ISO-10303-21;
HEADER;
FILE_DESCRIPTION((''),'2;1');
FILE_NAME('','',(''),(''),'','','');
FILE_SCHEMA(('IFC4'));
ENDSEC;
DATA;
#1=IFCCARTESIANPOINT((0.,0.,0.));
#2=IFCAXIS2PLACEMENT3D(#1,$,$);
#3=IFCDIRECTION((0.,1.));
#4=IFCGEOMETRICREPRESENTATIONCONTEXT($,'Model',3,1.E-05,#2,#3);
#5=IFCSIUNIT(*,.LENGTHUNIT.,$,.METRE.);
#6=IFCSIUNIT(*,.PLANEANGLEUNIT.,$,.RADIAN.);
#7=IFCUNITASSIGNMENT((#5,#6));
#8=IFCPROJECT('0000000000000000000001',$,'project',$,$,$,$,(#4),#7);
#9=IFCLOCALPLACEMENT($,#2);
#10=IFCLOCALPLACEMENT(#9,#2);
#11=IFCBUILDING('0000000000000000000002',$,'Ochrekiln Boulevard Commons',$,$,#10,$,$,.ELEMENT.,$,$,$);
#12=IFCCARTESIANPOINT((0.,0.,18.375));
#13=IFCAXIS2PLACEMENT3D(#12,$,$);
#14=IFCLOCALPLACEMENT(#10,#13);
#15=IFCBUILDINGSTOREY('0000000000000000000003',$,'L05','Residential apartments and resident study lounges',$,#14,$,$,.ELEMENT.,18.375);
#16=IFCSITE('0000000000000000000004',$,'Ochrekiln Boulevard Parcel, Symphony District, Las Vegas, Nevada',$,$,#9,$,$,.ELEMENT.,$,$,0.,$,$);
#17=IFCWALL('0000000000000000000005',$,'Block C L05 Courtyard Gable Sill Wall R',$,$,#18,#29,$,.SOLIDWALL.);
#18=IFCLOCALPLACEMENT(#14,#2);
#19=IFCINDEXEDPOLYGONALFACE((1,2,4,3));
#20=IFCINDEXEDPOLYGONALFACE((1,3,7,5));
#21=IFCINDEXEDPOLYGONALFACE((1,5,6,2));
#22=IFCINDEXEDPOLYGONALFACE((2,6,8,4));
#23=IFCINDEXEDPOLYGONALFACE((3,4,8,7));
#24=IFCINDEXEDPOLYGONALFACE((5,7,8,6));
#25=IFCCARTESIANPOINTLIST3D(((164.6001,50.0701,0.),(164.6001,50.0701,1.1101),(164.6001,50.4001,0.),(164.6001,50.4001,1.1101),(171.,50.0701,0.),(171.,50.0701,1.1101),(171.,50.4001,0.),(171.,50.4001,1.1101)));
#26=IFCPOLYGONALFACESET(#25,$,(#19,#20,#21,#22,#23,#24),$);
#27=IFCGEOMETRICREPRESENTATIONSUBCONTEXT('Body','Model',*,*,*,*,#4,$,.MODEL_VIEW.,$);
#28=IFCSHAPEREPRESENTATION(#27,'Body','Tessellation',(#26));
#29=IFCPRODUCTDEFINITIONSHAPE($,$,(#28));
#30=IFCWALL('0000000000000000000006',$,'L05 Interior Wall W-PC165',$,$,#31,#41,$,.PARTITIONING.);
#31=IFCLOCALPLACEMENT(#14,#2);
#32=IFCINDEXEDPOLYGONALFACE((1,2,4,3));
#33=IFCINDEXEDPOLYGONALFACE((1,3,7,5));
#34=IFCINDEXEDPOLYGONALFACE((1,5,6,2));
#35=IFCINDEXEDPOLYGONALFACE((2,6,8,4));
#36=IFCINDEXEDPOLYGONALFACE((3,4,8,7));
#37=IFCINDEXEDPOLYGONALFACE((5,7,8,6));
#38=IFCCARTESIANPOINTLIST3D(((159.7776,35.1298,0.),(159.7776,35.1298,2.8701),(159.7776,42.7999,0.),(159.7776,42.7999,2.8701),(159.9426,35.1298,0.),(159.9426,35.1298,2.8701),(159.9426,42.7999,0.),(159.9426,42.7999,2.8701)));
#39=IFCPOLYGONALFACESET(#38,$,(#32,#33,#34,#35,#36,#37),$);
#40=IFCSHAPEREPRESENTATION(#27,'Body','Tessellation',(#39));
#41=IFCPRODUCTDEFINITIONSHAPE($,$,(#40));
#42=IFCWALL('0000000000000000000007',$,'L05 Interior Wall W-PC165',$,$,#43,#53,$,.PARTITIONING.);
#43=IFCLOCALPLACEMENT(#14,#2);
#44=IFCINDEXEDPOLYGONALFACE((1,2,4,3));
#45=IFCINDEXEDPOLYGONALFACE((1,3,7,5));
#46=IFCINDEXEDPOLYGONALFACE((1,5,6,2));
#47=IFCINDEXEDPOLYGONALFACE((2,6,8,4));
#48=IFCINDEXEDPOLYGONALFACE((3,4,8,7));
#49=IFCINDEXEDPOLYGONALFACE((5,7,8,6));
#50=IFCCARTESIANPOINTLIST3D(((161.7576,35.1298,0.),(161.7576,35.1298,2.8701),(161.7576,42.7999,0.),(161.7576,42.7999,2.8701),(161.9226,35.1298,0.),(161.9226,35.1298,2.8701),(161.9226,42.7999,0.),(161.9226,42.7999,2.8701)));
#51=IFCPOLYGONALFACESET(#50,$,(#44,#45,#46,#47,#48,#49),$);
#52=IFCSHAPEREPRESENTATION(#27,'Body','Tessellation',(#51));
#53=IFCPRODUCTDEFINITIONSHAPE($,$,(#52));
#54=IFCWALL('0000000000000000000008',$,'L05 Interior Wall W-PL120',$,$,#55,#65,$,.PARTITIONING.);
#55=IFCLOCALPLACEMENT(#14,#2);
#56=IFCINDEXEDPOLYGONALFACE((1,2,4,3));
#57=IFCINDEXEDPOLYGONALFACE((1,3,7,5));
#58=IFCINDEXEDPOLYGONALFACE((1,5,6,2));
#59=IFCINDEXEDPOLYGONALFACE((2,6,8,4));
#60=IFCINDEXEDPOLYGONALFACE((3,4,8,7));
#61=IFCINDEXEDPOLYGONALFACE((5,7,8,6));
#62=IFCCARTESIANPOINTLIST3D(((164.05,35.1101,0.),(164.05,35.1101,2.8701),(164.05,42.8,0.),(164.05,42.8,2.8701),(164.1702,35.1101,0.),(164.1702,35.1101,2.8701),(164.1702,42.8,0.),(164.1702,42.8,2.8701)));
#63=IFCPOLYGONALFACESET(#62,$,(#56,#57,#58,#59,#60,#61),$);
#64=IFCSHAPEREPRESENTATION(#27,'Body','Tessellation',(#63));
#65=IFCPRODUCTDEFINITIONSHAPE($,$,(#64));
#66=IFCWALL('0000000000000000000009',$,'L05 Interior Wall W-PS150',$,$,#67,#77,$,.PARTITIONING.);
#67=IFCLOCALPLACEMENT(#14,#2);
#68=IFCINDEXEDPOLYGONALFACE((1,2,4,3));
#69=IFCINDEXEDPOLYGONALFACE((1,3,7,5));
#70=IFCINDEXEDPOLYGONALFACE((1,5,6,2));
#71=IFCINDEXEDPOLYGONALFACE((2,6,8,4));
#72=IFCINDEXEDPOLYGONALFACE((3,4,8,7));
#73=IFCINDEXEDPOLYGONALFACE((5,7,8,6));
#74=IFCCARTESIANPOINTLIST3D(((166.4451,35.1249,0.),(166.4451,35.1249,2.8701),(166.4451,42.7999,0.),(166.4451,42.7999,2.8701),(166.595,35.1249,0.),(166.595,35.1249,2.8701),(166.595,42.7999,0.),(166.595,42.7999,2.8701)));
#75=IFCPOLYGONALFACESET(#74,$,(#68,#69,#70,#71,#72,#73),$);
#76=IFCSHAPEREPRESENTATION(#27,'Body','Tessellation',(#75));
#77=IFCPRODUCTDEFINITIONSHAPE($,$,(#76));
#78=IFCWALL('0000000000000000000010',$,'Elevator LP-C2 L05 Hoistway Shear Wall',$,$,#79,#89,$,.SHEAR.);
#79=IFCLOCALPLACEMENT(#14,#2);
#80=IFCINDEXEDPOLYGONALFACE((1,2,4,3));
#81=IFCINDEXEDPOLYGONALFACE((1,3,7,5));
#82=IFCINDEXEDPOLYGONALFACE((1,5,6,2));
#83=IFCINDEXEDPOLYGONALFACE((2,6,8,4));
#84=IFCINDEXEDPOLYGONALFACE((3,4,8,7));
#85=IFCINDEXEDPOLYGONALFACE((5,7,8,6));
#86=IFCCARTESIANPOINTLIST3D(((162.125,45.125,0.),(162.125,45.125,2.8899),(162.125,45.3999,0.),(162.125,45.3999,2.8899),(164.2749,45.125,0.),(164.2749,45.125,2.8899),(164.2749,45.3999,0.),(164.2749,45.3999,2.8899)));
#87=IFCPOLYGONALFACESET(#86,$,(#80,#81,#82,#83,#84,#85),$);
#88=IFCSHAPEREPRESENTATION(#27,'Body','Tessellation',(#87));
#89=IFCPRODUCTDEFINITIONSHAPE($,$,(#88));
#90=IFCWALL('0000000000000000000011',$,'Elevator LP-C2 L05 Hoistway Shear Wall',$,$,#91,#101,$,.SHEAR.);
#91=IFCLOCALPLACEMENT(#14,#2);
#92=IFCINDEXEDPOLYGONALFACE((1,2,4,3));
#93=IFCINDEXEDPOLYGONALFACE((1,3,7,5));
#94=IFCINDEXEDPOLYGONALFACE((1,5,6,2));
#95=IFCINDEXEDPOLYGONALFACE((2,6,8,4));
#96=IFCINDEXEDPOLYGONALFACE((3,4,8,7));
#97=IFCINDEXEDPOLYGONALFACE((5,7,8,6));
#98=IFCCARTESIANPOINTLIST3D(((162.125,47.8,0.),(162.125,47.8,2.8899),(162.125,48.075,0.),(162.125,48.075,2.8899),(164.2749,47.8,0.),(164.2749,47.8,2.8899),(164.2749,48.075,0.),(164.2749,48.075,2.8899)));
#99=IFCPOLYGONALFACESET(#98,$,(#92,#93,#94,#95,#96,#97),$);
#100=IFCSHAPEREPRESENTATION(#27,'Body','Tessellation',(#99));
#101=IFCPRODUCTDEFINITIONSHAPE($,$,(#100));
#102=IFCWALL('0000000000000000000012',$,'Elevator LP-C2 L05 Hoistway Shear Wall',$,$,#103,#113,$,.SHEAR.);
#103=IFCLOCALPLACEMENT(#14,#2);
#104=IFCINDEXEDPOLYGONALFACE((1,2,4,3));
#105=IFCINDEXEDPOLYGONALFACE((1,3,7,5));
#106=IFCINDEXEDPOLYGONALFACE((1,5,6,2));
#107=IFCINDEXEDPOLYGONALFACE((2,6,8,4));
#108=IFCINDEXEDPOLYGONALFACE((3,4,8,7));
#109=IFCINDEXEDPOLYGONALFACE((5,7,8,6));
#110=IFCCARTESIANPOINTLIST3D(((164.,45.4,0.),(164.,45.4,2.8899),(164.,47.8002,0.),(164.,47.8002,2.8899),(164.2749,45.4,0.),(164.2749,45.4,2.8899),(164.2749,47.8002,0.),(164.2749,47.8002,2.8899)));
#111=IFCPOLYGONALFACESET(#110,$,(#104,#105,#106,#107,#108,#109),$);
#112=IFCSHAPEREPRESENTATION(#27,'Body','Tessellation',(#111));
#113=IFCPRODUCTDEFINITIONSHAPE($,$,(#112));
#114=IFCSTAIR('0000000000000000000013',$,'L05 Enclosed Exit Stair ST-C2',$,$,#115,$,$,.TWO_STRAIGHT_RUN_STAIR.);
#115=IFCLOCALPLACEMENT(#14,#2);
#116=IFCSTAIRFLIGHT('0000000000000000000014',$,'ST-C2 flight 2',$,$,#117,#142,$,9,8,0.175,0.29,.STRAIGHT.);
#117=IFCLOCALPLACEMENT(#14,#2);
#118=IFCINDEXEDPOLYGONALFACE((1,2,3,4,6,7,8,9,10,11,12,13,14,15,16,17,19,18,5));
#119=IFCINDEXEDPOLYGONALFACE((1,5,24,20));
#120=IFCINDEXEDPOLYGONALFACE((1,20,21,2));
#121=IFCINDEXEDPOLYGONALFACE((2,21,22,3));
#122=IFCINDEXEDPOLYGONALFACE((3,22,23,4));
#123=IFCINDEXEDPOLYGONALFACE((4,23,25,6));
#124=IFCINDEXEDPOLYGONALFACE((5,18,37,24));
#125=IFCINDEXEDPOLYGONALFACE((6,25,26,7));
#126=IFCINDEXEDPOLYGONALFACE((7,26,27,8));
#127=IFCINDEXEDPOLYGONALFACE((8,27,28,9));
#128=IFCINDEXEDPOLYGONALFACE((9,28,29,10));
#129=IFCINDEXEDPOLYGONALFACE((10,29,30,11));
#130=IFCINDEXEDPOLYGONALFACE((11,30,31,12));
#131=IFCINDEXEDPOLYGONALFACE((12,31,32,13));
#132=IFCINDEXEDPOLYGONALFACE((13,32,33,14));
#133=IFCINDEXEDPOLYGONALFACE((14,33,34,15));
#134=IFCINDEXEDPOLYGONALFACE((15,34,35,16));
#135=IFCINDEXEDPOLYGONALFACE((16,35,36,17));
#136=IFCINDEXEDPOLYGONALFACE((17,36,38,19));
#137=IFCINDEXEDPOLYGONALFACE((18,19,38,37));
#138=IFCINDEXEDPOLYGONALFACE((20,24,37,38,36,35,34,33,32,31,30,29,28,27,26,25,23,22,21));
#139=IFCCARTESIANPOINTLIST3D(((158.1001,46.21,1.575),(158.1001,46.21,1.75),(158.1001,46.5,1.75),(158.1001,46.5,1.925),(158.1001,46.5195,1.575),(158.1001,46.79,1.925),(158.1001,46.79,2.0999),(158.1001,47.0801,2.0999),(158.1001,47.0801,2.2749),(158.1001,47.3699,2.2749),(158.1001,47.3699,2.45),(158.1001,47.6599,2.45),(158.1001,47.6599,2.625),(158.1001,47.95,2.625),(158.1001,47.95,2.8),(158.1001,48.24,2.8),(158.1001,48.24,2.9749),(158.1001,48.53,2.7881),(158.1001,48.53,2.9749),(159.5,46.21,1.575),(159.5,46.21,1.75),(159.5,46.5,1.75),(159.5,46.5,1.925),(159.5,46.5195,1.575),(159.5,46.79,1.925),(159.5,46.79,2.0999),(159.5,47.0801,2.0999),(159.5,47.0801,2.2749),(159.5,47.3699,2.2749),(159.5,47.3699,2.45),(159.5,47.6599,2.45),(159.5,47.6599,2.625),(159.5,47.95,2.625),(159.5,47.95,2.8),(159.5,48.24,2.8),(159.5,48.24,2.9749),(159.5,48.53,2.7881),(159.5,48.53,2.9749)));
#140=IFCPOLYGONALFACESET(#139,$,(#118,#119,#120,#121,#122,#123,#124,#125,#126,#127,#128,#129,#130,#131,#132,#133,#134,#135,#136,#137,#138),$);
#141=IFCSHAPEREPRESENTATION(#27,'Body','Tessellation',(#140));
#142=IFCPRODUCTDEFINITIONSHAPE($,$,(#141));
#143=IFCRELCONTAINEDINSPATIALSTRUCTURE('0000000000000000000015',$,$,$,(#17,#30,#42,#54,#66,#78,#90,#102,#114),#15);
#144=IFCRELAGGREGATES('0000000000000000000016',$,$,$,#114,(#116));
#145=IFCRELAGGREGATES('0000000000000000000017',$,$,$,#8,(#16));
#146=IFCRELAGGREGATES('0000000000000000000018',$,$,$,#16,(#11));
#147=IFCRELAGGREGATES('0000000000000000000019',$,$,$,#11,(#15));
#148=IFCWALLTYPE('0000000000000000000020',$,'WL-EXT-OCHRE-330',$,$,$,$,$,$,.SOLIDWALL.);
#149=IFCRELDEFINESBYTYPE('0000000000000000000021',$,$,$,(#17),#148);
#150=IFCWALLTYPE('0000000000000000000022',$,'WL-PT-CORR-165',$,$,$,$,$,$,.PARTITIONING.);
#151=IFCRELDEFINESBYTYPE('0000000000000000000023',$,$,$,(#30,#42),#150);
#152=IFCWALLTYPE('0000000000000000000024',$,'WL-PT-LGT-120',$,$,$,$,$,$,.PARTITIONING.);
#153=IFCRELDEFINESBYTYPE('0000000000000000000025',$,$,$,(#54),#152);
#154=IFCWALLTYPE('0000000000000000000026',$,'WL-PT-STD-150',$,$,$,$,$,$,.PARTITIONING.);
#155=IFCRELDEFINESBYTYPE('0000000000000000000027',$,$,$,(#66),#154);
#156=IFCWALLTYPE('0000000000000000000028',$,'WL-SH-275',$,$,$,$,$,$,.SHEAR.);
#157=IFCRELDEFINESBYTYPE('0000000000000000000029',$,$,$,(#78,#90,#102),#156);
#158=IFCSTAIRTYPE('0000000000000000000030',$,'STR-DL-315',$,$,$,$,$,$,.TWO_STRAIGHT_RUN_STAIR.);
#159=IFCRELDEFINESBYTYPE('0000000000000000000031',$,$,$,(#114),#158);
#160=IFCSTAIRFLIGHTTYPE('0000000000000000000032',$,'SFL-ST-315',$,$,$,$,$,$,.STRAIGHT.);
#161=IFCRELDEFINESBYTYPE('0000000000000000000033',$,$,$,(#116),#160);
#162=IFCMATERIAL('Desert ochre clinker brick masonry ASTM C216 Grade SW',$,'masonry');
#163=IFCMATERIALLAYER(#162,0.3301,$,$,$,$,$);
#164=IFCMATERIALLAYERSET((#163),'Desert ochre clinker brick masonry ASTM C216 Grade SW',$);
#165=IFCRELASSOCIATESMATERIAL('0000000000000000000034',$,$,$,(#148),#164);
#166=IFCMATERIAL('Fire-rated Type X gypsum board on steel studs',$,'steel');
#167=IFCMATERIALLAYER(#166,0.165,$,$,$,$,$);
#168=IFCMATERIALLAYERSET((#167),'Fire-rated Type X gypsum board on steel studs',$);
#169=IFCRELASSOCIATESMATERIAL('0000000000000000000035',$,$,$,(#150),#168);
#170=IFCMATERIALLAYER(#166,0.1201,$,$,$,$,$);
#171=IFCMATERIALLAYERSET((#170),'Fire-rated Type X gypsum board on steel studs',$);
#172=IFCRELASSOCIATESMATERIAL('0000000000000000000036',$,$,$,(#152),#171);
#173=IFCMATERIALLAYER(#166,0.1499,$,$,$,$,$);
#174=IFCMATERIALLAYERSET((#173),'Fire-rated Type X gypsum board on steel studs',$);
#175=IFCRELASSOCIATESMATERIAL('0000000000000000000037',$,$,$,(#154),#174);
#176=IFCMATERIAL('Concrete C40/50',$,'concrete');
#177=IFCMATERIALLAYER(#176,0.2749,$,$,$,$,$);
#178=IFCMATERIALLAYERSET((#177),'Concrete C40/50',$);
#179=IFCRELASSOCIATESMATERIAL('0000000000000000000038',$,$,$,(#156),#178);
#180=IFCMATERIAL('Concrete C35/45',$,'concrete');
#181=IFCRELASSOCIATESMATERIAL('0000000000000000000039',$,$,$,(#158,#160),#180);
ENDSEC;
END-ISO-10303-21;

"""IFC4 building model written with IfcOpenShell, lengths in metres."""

from ifc_helpers import new_model, si_unit, direction, frame, frame_2d, origin, place, context, subcontext, project, spatial, polyline, rectangle, outline, extrude, material, layer, layer_set, type_object, element, aggregate, save


model = new_model("IFC4")

# Units and contexts
model_context = context("Model", 3, precision=1e-05, world=origin(), true_north=direction((0.0, 1.0)))
body_context = subcontext(model_context, "Body", "Model", "MODEL_VIEW")
ifc_project = project(units=[si_unit("LENGTHUNIT", "METRE"), si_unit("PLANEANGLEUNIT", "RADIAN")], contexts=[model_context])

# Site, building, storey
site_placement = place(None, origin())
site = spatial("IfcSite", under=ifc_project, at=site_placement, Name="Ochrekiln Boulevard Parcel, Symphony District, Las Vegas, Nevada", CompositionType="ELEMENT", RefElevation=0.0)
building_placement = place(site_placement, origin())
building = spatial("IfcBuilding", under=site, at=building_placement, Name="Ochrekiln Boulevard Commons", CompositionType="ELEMENT")
storey_placement = place(building_placement, frame((0.0, 0.0, 18.375)))
storey = spatial("IfcBuildingStorey", under=building, at=storey_placement, Name="L05", Description="Residential apartments and resident study lounges", CompositionType="ELEMENT", Elevation=18.375)

# Shared definitions
ifc_material_1 = material(Name="Concrete C40/50", Category="concrete")

# Shared definitions
ifc_material_2 = material(Name="Desert ochre clinker brick masonry ASTM C216 Grade SW", Category="masonry")
ifc_layer_1 = layer(ifc_material_2, 0.3301)
ifc_layer_set_1 = layer_set([ifc_layer_1], Name="Desert ochre clinker brick masonry ASTM C216 Grade SW")
wall_type_1 = type_object("IfcWallType", Name="WL-EXT-OCHRE-330", PredefinedType="SOLIDWALL", material=ifc_layer_set_1)

# Walls
wall_1_placement = place(storey_placement, frame((164.6001, 50.2351, 0.0), z_axis=(0.0, 0.0, 1.0), x_axis=(1.0, 0.0, 0.0)))
element("IfcWall", 1, at=wall_1_placement, inside=storey, type_object=wall_type_1, Name="Block C L05 Courtyard Gable Sill Wall R", PredefinedType="SOLIDWALL", context=body_context, shape_type="SweptSolid", body=[
    extrude(rectangle(XDim=6.3999, YDim=0.3301, at=frame_2d((3.2, 0.0))), origin(), (0.0, 0.0, 1.0), 1.1101),
])
ifc_material_3 = material(Name="Fire-rated Type X gypsum board on steel studs", Category="steel")
ifc_layer_2 = layer(ifc_material_3, 0.165)
ifc_layer_set_2 = layer_set([ifc_layer_2], Name="Fire-rated Type X gypsum board on steel studs")
wall_type_2 = type_object("IfcWallType", Name="WL-PT-CORR-165", PredefinedType="PARTITIONING", material=ifc_layer_set_2)
for number, where, z_axis, x_axis, name in (
    (2, (159.8601, 35.1299, 0.0), (0.0, 0.0, 1.0), (0.0, 1.0, 0.0), "L05 Interior Wall W-PC165"),
    (3, (161.8401, 35.1299, 0.0), (0.0, 0.0, 1.0), (0.0, 1.0, 0.0), "L05 Interior Wall W-PC165"),
):
    element("IfcWall", number, at=place(storey_placement, frame(where, z_axis=z_axis, x_axis=x_axis)), inside=storey, type_object=wall_type_2, Name=name, PredefinedType="PARTITIONING", context=body_context, shape_type="SweptSolid", body=[
        extrude(rectangle(XDim=7.6702, YDim=0.165, at=frame_2d((3.835, 0.0))), origin(), (0.0, 0.0, 1.0), 2.8701),
    ])

# Walls
ifc_layer_3 = layer(ifc_material_3, 0.1201)
ifc_layer_set_3 = layer_set([ifc_layer_3], Name="Fire-rated Type X gypsum board on steel studs")
wall_type_3 = type_object("IfcWallType", Name="WL-PT-LGT-120", PredefinedType="PARTITIONING", material=ifc_layer_set_3)
wall_2_placement = place(storey_placement, frame((164.1101, 35.1101, 0.0), z_axis=(0.0, 0.0, 1.0), x_axis=(0.0, 1.0, 0.0)))
element("IfcWall", 4, at=wall_2_placement, inside=storey, type_object=wall_type_3, Name="L05 Interior Wall W-PL120", PredefinedType="PARTITIONING", context=body_context, shape_type="SweptSolid", body=[
    extrude(rectangle(XDim=7.6899, YDim=0.1201, at=frame_2d((3.845, 0.0))), origin(), (0.0, 0.0, 1.0), 2.8701),
])
ifc_layer_4 = layer(ifc_material_3, 0.1499)
ifc_layer_set_4 = layer_set([ifc_layer_4], Name="Fire-rated Type X gypsum board on steel studs")
wall_type_4 = type_object("IfcWallType", Name="WL-PT-STD-150", PredefinedType="PARTITIONING", material=ifc_layer_set_4)
wall_3_placement = place(storey_placement, frame((166.52, 35.125, 0.0), z_axis=(0.0, 0.0, 1.0), x_axis=(0.0, 1.0, 0.0)))
element("IfcWall", 5, at=wall_3_placement, inside=storey, type_object=wall_type_4, Name="L05 Interior Wall W-PS150", PredefinedType="PARTITIONING", context=body_context, shape_type="SweptSolid", body=[
    extrude(rectangle(XDim=7.675, YDim=0.1499, at=frame_2d((3.8374, 0.0))), origin(), (0.0, 0.0, 1.0), 2.8701),
])
ifc_layer_5 = layer(ifc_material_1, 0.2749)
ifc_layer_set_5 = layer_set([ifc_layer_5], Name="Concrete C40/50")
wall_type_5 = type_object("IfcWallType", Name="WL-SH-275", PredefinedType="SHEAR", material=ifc_layer_set_5)
for number, where, z_axis, x_axis, name in (
    (6, (162.125, 45.2625, 0.0), (0.0, 0.0, 1.0), (1.0, 0.0, 0.0), "Elevator LP-C2 L05 Hoistway Shear Wall"),
    (7, (162.125, 47.9375, 0.0), (0.0, 0.0, 1.0), (1.0, 0.0, 0.0), "Elevator LP-C2 L05 Hoistway Shear Wall"),
):
    element("IfcWall", number, at=place(storey_placement, frame(where, z_axis=z_axis, x_axis=x_axis)), inside=storey, type_object=wall_type_5, Name=name, PredefinedType="SHEAR", context=body_context, shape_type="SweptSolid", body=[
        extrude(rectangle(XDim=2.1499, YDim=0.2749, at=frame_2d((1.075, 0.0))), origin(), (0.0, 0.0, 1.0), 2.8899),
    ])

# Wall
wall_4_placement = place(storey_placement, frame((164.1375, 45.3999, 0.0), z_axis=(0.0, 0.0, 1.0), x_axis=(0.0, 1.0, 0.0)))
element("IfcWall", 8, at=wall_4_placement, inside=storey, type_object=wall_type_5, Name="Elevator LP-C2 L05 Hoistway Shear Wall", PredefinedType="SHEAR", context=body_context, shape_type="SweptSolid", body=[
    extrude(rectangle(XDim=2.4001, YDim=0.2749, at=frame_2d((1.2002, 0.0))), origin(), (0.0, 0.0, 1.0), 2.8899),
])

# Stair, stair flight
ifc_material_4 = material(Name="Concrete C35/45", Category="concrete")
stair_type = type_object("IfcStairType", Name="STR-DL-315", PredefinedType="TWO_STRAIGHT_RUN_STAIR", material=ifc_material_4)
stair_placement = place(storey_placement, origin())
stair = element("IfcStair", 9, at=stair_placement, inside=storey, type_object=stair_type, Name="L05 Enclosed Exit Stair ST-C2", PredefinedType="TWO_STRAIGHT_RUN_STAIR")
stair_flight_type = type_object("IfcStairFlightType", Name="SFL-ST-315", PredefinedType="STRAIGHT", material=ifc_material_4)
stair_flight_placement = place(storey_placement, frame((158.8, 46.21, 1.575), z_axis=(0.0, 0.0, 1.0), x_axis=(0.0, 1.0, 0.0)))
stair_flight = element("IfcStairFlight", 10, at=stair_flight_placement, type_object=stair_flight_type, Name="ST-C2 flight 2", NumberOfRisers=9, NumberOfTreads=8, PredefinedType="STRAIGHT", RiserHeight=0.175, TreadLength=0.29, context=body_context, shape_type="SweptSolid", body=[
    extrude(outline(polyline([(0.0, 0.0), (0.0, 0.175), (0.29, 0.175), (0.29, 0.3501), (0.5801, 0.3501), (0.5801, 0.5249), (0.8701, 0.5249), (0.8701, 0.7), (1.1599, 0.7), (1.1599, 0.875), (1.45, 0.875), (1.45, 1.05), (1.74, 1.05), (1.74, 1.2251), (2.03, 1.2251), (2.03, 1.3999), (2.3201, 1.3999), (2.3201, 1.575), (2.3201, 1.2131), (0.3096, 0.0), (0.0, 0.0)])), frame((0.0, 0.7, 0.0), z_axis=(0.0, -1.0, 0.0), x_axis=(1.0, 0.0, 0.0)), (0.0, 0.0, 1.0), 1.3999),
])
aggregate(stair, [stair_flight])

save(model, "model.ifc")
